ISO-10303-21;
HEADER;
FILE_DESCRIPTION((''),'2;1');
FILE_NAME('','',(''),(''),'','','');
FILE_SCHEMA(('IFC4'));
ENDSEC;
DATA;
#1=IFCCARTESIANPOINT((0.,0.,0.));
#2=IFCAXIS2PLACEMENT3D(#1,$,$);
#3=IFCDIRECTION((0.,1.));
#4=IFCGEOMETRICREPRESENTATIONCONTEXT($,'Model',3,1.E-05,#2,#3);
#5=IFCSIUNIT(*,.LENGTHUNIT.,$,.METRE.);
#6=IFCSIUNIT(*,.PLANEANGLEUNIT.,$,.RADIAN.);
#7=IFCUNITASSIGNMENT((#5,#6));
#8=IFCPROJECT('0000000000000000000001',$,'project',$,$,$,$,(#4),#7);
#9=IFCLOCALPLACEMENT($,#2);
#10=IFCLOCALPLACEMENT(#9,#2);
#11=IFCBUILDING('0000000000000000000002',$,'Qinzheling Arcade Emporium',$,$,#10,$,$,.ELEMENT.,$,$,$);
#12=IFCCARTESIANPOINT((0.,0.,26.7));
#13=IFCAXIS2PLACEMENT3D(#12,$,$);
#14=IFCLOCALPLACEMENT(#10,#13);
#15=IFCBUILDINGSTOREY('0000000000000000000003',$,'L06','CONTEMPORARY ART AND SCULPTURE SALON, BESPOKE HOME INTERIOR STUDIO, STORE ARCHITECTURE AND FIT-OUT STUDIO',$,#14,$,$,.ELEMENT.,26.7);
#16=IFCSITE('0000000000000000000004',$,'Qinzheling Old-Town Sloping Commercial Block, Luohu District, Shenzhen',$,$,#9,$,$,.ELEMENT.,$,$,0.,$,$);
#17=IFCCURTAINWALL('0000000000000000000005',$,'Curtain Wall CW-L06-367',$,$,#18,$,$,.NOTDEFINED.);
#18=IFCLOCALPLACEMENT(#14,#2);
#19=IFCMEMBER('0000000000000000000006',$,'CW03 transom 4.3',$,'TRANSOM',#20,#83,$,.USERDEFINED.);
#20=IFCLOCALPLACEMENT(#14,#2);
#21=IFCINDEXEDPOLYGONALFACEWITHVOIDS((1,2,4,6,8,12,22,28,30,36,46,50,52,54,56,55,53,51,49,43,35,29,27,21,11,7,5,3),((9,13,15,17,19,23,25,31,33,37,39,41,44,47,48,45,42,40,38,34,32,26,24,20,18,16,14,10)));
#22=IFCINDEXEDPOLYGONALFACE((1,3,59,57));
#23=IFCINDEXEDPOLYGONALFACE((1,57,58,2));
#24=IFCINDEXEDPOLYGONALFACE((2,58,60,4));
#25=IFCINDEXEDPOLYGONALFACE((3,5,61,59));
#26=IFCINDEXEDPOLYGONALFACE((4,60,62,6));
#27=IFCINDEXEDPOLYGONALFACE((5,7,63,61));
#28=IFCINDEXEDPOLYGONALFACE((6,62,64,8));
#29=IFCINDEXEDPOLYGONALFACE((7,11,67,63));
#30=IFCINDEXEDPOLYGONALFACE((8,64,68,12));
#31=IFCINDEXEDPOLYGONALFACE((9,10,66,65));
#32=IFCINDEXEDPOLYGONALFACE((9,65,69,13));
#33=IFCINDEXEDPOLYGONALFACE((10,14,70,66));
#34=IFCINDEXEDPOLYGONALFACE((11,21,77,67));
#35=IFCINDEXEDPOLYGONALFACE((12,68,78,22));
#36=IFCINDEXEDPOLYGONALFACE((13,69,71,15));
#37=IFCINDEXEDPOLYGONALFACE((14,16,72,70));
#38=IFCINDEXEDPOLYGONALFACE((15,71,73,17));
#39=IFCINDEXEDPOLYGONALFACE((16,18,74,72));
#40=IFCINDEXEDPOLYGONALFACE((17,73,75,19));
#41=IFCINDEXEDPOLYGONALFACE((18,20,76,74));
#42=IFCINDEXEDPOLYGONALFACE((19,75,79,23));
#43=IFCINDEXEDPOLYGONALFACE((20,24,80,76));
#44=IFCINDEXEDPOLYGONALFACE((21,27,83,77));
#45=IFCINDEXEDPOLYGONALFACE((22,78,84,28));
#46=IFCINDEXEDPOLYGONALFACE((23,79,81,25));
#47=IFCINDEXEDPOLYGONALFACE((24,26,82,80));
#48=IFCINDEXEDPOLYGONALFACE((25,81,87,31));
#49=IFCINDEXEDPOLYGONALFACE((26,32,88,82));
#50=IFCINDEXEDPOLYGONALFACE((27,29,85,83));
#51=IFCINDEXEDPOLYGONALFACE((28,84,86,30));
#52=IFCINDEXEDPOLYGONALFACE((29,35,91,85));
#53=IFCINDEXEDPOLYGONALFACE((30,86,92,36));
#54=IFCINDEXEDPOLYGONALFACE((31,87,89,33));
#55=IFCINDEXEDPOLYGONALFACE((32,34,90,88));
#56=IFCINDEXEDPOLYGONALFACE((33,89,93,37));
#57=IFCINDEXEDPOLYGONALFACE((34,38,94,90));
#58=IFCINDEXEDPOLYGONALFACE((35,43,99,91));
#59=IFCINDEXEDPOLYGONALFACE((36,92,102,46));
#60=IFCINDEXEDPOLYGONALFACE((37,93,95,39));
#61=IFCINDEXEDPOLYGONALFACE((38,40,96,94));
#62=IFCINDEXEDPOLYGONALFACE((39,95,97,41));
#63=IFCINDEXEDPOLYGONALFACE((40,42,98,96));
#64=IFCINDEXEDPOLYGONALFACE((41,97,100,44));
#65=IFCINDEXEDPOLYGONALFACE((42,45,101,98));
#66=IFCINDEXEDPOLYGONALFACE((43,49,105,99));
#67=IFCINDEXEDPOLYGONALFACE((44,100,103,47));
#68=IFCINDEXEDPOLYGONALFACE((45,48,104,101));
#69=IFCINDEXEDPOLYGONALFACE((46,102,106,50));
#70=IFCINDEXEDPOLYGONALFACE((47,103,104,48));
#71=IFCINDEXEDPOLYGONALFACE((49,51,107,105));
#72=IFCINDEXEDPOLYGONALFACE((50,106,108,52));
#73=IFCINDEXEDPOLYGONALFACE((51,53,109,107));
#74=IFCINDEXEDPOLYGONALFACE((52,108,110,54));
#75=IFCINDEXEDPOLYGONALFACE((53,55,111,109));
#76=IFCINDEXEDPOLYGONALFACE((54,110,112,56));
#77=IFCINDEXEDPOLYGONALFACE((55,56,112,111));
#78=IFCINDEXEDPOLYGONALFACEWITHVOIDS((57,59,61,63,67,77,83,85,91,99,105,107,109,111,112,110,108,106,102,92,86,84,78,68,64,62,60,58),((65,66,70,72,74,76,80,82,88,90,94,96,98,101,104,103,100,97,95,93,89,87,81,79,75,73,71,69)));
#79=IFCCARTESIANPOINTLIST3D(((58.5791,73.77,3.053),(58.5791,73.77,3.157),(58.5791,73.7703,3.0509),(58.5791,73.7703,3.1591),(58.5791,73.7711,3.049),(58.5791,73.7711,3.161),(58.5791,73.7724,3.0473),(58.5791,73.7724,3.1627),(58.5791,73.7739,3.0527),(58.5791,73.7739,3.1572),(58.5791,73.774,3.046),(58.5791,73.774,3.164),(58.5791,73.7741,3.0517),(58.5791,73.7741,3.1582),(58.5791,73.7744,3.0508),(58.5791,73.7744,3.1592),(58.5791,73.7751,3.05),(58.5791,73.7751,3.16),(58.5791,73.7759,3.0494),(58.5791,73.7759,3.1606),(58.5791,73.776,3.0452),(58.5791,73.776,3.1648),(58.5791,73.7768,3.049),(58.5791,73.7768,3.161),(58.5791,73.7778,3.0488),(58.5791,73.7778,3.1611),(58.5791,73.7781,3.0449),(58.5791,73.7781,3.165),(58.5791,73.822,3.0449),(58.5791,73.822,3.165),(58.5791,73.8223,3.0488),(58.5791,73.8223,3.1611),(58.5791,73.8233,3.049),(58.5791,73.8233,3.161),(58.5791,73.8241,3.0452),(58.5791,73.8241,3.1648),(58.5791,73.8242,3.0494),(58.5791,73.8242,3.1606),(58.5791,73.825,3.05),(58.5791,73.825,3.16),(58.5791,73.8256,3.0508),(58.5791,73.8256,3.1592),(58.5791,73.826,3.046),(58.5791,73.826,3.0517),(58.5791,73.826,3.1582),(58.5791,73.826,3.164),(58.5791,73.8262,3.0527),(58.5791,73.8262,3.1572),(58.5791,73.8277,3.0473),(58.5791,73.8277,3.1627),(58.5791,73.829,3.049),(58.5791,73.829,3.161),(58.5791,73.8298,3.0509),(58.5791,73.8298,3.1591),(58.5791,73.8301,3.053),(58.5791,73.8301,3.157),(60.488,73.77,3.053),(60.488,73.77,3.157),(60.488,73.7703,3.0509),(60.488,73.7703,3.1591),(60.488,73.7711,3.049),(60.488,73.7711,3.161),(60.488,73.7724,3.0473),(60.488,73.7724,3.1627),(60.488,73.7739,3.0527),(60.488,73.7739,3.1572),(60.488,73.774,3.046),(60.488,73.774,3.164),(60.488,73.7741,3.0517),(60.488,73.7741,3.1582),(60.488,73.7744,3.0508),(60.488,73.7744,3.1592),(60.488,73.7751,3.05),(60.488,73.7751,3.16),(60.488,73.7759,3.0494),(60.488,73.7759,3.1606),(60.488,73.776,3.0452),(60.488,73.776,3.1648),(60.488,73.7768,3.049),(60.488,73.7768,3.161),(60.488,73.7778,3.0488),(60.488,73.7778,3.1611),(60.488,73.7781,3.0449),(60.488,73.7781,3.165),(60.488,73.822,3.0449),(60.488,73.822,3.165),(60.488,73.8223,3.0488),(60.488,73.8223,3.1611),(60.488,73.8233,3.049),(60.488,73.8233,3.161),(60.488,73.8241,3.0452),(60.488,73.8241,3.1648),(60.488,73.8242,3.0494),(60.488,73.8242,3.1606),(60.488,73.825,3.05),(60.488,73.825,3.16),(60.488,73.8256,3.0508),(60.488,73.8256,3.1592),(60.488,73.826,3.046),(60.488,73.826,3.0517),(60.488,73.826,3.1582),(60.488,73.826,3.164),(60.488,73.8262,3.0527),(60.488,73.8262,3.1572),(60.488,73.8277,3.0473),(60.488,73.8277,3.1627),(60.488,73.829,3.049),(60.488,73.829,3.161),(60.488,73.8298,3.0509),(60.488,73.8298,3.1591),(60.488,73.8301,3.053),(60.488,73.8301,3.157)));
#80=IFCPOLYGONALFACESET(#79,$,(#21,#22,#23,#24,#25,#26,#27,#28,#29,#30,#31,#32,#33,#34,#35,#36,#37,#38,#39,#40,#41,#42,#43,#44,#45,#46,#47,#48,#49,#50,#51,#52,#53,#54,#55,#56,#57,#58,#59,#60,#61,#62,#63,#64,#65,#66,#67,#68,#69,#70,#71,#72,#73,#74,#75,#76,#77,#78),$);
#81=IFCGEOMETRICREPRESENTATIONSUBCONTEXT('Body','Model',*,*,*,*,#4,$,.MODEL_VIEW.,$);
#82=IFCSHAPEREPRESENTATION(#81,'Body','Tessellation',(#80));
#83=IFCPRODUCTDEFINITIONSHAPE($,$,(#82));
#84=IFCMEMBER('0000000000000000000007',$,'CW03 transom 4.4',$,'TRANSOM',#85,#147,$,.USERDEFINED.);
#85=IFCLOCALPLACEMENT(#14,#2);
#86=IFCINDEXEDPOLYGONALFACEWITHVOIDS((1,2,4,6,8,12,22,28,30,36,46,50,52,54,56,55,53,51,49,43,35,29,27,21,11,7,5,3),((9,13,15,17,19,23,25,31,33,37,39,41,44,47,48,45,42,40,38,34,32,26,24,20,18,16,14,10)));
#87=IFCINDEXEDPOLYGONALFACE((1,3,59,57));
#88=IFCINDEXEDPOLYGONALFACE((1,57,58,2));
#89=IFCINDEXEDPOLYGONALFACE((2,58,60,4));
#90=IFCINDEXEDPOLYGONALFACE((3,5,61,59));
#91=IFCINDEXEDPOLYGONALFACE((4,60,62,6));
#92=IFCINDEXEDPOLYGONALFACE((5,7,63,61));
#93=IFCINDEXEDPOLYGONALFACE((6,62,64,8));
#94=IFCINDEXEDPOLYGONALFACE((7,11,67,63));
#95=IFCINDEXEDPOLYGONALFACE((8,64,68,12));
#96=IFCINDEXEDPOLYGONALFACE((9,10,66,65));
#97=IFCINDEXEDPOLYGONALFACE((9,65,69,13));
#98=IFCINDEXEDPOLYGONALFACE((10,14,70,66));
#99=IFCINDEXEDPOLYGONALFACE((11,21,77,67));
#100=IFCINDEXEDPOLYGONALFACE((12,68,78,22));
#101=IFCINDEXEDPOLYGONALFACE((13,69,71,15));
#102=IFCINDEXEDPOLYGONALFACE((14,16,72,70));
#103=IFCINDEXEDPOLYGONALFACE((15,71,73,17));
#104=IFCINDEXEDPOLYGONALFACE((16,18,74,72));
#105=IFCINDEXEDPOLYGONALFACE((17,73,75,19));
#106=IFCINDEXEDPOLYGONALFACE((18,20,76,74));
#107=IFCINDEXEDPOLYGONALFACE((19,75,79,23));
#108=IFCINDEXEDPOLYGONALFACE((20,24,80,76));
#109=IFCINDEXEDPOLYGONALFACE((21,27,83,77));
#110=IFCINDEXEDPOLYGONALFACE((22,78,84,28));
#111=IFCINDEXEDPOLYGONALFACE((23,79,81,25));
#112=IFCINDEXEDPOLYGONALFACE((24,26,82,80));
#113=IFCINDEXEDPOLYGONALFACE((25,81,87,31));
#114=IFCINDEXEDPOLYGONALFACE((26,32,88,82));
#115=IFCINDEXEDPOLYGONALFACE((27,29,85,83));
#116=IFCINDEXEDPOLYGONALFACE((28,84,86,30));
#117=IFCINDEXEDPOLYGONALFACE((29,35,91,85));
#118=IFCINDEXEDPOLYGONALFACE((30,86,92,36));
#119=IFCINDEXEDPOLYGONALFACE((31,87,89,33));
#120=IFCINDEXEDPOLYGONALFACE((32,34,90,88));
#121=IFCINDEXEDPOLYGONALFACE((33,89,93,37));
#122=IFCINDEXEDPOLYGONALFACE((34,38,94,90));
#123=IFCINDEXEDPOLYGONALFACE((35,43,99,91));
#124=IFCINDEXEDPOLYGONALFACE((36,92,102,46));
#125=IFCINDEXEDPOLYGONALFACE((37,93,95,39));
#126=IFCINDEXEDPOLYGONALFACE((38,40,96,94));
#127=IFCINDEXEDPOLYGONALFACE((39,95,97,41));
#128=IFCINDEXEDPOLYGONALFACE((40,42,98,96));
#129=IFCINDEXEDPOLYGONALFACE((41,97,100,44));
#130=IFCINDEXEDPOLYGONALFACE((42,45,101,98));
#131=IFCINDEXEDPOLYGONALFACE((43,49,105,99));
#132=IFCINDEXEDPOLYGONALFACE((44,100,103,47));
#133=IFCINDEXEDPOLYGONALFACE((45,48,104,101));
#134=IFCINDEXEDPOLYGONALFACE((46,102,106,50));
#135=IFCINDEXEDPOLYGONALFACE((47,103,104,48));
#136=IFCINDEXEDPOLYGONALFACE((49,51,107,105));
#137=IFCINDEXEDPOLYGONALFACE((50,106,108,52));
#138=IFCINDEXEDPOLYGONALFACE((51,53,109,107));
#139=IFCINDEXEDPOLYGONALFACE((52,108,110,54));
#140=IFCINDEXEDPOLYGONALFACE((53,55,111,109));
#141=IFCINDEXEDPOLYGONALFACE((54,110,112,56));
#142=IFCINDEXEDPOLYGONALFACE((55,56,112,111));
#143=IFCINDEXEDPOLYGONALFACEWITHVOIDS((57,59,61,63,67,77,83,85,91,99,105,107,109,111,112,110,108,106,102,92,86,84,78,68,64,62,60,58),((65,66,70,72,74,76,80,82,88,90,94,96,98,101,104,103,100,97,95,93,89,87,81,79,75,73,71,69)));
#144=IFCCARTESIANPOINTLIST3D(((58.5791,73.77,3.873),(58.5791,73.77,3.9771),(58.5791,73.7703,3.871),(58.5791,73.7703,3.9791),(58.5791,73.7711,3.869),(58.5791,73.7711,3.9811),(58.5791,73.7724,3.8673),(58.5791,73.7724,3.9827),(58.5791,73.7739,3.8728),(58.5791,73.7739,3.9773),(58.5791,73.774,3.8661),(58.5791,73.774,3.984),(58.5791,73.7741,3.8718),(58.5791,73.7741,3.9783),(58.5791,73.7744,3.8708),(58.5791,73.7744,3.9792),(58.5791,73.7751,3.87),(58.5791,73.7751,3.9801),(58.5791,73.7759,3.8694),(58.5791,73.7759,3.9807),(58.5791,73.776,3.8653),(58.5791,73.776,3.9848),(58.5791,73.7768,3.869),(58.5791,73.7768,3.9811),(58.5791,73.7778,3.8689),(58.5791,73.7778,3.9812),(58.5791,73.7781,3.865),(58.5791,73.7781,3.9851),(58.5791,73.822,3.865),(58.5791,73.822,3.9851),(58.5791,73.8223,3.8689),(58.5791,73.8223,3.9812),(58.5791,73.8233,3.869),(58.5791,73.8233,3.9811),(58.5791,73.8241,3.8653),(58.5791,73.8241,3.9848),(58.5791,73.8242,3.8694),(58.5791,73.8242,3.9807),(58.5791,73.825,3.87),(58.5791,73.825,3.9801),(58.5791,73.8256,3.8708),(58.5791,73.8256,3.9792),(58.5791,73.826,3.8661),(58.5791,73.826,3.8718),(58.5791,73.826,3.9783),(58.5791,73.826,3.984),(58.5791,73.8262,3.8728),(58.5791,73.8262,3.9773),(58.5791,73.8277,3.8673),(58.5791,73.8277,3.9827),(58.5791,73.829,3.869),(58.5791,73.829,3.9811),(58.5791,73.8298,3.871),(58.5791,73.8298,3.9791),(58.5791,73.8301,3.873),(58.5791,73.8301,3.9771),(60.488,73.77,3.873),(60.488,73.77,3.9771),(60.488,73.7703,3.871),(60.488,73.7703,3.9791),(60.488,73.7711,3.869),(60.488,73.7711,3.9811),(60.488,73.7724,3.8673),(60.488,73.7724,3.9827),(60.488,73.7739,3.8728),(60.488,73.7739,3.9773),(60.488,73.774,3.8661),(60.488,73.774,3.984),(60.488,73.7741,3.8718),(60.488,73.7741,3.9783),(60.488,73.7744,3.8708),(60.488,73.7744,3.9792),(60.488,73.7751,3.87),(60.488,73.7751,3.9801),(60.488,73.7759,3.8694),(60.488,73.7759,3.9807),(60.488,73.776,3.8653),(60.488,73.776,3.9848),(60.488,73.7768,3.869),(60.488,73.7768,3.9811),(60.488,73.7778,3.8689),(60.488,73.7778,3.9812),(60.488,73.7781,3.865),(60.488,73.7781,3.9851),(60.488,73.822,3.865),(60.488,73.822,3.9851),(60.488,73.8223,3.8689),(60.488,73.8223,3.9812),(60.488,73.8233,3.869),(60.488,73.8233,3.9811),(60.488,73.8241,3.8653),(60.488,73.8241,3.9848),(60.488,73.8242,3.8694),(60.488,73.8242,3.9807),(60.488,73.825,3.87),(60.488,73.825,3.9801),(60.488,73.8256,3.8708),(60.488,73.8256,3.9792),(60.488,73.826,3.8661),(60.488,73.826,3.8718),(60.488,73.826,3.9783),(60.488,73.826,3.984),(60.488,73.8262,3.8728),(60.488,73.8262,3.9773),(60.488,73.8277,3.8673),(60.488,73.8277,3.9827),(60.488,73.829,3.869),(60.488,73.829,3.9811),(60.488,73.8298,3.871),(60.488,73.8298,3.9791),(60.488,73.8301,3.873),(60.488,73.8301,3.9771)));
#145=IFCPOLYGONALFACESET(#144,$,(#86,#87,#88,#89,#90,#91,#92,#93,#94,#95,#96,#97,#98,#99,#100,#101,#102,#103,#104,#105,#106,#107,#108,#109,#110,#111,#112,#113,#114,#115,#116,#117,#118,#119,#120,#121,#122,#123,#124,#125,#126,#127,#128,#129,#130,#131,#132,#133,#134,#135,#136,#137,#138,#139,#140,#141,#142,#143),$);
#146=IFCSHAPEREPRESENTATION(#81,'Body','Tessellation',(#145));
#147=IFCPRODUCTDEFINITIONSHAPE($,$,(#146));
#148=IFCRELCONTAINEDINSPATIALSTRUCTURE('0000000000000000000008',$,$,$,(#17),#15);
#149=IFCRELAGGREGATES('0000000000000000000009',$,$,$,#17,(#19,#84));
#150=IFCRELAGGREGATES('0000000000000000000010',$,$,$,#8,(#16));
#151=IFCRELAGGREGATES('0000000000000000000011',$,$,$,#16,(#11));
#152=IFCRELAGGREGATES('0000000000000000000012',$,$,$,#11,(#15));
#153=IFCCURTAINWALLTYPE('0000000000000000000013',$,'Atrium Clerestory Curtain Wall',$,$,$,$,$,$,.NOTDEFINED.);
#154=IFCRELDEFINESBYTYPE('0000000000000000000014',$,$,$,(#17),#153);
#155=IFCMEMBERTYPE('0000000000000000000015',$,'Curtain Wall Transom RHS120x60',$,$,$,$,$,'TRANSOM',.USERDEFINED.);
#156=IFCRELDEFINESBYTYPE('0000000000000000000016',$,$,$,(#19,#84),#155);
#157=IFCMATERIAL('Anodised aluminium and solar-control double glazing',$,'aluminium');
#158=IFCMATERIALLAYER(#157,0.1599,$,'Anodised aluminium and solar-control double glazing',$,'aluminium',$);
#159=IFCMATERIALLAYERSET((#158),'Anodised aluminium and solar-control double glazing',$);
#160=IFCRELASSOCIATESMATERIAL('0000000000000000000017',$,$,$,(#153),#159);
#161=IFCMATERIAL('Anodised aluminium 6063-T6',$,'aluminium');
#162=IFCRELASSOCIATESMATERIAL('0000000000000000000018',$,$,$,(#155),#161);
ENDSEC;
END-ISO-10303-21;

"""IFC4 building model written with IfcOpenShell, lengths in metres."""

from ifc_helpers import new_model, si_unit, direction, frame, origin, origin_2d, place, context, subcontext, project, spatial, hollow_rectangle, extrude, material, layer, layer_set, material_profile, profile_set, type_object, element, aggregate, save


model = new_model("IFC4")

# Units and contexts
model_context = context("Model", 3, precision=1e-05, world=origin(), true_north=direction((0.0, 1.0)))
body_context = subcontext(model_context, "Body", "Model", "MODEL_VIEW")
ifc_project = project(units=[si_unit("LENGTHUNIT", "METRE"), si_unit("PLANEANGLEUNIT", "RADIAN")], contexts=[model_context])

# Site, building, storey
site_placement = place(None, origin())
site = spatial("IfcSite", under=ifc_project, at=site_placement, Name="Qinzheling Old-Town Sloping Commercial Block, Luohu District, Shenzhen", CompositionType="ELEMENT", RefElevation=0.0)
building_placement = place(site_placement, origin())
building = spatial("IfcBuilding", under=site, at=building_placement, Name="Qinzheling Arcade Emporium", CompositionType="ELEMENT")
storey_placement = place(building_placement, frame((0.0, 0.0, 26.7)))
storey = spatial("IfcBuildingStorey", under=building, at=storey_placement, Name="L06", Description="CONTEMPORARY ART AND SCULPTURE SALON, BESPOKE HOME INTERIOR STUDIO, STORE ARCHITECTURE AND FIT-OUT STUDIO", CompositionType="ELEMENT", Elevation=26.7)

# Curtain wall
ifc_material_1 = material(Name="Anodised aluminium and solar-control double glazing", Category="aluminium")
ifc_layer_1 = layer(ifc_material_1, 0.1599, Name="Anodised aluminium and solar-control double glazing", Category="aluminium")
ifc_layer_set_1 = layer_set([ifc_layer_1], Name="Anodised aluminium and solar-control double glazing")
curtain_wall_type = type_object("IfcCurtainWallType", Name="Atrium Clerestory Curtain Wall", PredefinedType="NOTDEFINED", material=ifc_layer_set_1)
curtain_wall_1_placement = place(storey_placement, origin())
curtain_wall_1 = element("IfcCurtainWall", 1, at=curtain_wall_1_placement, inside=storey, type_object=curtain_wall_type, Name="Curtain Wall CW-L06-367", PredefinedType="NOTDEFINED")
ifc_material_2 = material(Name="Anodised aluminium 6063-T6", Category="aluminium")

# Members
ifc_material_profile_1 = material_profile(ifc_material_2, hollow_rectangle(XDim=0.0601, YDim=0.1201, WallThickness=0.0039, InnerFilletRadius=0.0039, OuterFilletRadius=0.0081, at=origin_2d()), Name="RHS 120x60x4", Category="aluminium")
ifc_profile_set_1 = profile_set([ifc_material_profile_1], Name="Anodised aluminium 6063-T6")
member_type_1 = type_object("IfcMemberType", Name="Curtain Wall Transom RHS120x60", ElementType="TRANSOM", PredefinedType="USERDEFINED", material=ifc_profile_set_1)
member_1_placement = place(storey_placement, frame((58.5791, 73.8, 3.105), z_axis=(1.0, 0.0, 0.0), x_axis=(0.0, 1.0, 0.0)))
member_1 = element("IfcMember", 2, at=member_1_placement, type_object=member_type_1, Name="CW03 transom 4.3", ObjectType="TRANSOM", PredefinedType="USERDEFINED", context=body_context, shape_type="SweptSolid", body=[
    extrude(hollow_rectangle(XDim=0.0601, YDim=0.1201, WallThickness=0.0039, InnerFilletRadius=0.0039, OuterFilletRadius=0.0081, at=origin_2d()), origin(), (0.0, 0.0, 1.0), 1.9089),
])
member_2_placement = place(storey_placement, frame((58.5791, 73.8, 3.925), z_axis=(1.0, 0.0, 0.0), x_axis=(0.0, 1.0, 0.0)))
member_2 = element("IfcMember", 3, at=member_2_placement, type_object=member_type_1, Name="CW03 transom 4.4", ObjectType="TRANSOM", PredefinedType="USERDEFINED", context=body_context, shape_type="SweptSolid", body=[
    extrude(hollow_rectangle(XDim=0.0601, YDim=0.1201, WallThickness=0.0039, InnerFilletRadius=0.0039, OuterFilletRadius=0.0081, at=origin_2d()), origin(), (0.0, 0.0, 1.0), 1.9089),
])

aggregate(curtain_wall_1, [member_1, member_2])

save(model, "model.ifc")
